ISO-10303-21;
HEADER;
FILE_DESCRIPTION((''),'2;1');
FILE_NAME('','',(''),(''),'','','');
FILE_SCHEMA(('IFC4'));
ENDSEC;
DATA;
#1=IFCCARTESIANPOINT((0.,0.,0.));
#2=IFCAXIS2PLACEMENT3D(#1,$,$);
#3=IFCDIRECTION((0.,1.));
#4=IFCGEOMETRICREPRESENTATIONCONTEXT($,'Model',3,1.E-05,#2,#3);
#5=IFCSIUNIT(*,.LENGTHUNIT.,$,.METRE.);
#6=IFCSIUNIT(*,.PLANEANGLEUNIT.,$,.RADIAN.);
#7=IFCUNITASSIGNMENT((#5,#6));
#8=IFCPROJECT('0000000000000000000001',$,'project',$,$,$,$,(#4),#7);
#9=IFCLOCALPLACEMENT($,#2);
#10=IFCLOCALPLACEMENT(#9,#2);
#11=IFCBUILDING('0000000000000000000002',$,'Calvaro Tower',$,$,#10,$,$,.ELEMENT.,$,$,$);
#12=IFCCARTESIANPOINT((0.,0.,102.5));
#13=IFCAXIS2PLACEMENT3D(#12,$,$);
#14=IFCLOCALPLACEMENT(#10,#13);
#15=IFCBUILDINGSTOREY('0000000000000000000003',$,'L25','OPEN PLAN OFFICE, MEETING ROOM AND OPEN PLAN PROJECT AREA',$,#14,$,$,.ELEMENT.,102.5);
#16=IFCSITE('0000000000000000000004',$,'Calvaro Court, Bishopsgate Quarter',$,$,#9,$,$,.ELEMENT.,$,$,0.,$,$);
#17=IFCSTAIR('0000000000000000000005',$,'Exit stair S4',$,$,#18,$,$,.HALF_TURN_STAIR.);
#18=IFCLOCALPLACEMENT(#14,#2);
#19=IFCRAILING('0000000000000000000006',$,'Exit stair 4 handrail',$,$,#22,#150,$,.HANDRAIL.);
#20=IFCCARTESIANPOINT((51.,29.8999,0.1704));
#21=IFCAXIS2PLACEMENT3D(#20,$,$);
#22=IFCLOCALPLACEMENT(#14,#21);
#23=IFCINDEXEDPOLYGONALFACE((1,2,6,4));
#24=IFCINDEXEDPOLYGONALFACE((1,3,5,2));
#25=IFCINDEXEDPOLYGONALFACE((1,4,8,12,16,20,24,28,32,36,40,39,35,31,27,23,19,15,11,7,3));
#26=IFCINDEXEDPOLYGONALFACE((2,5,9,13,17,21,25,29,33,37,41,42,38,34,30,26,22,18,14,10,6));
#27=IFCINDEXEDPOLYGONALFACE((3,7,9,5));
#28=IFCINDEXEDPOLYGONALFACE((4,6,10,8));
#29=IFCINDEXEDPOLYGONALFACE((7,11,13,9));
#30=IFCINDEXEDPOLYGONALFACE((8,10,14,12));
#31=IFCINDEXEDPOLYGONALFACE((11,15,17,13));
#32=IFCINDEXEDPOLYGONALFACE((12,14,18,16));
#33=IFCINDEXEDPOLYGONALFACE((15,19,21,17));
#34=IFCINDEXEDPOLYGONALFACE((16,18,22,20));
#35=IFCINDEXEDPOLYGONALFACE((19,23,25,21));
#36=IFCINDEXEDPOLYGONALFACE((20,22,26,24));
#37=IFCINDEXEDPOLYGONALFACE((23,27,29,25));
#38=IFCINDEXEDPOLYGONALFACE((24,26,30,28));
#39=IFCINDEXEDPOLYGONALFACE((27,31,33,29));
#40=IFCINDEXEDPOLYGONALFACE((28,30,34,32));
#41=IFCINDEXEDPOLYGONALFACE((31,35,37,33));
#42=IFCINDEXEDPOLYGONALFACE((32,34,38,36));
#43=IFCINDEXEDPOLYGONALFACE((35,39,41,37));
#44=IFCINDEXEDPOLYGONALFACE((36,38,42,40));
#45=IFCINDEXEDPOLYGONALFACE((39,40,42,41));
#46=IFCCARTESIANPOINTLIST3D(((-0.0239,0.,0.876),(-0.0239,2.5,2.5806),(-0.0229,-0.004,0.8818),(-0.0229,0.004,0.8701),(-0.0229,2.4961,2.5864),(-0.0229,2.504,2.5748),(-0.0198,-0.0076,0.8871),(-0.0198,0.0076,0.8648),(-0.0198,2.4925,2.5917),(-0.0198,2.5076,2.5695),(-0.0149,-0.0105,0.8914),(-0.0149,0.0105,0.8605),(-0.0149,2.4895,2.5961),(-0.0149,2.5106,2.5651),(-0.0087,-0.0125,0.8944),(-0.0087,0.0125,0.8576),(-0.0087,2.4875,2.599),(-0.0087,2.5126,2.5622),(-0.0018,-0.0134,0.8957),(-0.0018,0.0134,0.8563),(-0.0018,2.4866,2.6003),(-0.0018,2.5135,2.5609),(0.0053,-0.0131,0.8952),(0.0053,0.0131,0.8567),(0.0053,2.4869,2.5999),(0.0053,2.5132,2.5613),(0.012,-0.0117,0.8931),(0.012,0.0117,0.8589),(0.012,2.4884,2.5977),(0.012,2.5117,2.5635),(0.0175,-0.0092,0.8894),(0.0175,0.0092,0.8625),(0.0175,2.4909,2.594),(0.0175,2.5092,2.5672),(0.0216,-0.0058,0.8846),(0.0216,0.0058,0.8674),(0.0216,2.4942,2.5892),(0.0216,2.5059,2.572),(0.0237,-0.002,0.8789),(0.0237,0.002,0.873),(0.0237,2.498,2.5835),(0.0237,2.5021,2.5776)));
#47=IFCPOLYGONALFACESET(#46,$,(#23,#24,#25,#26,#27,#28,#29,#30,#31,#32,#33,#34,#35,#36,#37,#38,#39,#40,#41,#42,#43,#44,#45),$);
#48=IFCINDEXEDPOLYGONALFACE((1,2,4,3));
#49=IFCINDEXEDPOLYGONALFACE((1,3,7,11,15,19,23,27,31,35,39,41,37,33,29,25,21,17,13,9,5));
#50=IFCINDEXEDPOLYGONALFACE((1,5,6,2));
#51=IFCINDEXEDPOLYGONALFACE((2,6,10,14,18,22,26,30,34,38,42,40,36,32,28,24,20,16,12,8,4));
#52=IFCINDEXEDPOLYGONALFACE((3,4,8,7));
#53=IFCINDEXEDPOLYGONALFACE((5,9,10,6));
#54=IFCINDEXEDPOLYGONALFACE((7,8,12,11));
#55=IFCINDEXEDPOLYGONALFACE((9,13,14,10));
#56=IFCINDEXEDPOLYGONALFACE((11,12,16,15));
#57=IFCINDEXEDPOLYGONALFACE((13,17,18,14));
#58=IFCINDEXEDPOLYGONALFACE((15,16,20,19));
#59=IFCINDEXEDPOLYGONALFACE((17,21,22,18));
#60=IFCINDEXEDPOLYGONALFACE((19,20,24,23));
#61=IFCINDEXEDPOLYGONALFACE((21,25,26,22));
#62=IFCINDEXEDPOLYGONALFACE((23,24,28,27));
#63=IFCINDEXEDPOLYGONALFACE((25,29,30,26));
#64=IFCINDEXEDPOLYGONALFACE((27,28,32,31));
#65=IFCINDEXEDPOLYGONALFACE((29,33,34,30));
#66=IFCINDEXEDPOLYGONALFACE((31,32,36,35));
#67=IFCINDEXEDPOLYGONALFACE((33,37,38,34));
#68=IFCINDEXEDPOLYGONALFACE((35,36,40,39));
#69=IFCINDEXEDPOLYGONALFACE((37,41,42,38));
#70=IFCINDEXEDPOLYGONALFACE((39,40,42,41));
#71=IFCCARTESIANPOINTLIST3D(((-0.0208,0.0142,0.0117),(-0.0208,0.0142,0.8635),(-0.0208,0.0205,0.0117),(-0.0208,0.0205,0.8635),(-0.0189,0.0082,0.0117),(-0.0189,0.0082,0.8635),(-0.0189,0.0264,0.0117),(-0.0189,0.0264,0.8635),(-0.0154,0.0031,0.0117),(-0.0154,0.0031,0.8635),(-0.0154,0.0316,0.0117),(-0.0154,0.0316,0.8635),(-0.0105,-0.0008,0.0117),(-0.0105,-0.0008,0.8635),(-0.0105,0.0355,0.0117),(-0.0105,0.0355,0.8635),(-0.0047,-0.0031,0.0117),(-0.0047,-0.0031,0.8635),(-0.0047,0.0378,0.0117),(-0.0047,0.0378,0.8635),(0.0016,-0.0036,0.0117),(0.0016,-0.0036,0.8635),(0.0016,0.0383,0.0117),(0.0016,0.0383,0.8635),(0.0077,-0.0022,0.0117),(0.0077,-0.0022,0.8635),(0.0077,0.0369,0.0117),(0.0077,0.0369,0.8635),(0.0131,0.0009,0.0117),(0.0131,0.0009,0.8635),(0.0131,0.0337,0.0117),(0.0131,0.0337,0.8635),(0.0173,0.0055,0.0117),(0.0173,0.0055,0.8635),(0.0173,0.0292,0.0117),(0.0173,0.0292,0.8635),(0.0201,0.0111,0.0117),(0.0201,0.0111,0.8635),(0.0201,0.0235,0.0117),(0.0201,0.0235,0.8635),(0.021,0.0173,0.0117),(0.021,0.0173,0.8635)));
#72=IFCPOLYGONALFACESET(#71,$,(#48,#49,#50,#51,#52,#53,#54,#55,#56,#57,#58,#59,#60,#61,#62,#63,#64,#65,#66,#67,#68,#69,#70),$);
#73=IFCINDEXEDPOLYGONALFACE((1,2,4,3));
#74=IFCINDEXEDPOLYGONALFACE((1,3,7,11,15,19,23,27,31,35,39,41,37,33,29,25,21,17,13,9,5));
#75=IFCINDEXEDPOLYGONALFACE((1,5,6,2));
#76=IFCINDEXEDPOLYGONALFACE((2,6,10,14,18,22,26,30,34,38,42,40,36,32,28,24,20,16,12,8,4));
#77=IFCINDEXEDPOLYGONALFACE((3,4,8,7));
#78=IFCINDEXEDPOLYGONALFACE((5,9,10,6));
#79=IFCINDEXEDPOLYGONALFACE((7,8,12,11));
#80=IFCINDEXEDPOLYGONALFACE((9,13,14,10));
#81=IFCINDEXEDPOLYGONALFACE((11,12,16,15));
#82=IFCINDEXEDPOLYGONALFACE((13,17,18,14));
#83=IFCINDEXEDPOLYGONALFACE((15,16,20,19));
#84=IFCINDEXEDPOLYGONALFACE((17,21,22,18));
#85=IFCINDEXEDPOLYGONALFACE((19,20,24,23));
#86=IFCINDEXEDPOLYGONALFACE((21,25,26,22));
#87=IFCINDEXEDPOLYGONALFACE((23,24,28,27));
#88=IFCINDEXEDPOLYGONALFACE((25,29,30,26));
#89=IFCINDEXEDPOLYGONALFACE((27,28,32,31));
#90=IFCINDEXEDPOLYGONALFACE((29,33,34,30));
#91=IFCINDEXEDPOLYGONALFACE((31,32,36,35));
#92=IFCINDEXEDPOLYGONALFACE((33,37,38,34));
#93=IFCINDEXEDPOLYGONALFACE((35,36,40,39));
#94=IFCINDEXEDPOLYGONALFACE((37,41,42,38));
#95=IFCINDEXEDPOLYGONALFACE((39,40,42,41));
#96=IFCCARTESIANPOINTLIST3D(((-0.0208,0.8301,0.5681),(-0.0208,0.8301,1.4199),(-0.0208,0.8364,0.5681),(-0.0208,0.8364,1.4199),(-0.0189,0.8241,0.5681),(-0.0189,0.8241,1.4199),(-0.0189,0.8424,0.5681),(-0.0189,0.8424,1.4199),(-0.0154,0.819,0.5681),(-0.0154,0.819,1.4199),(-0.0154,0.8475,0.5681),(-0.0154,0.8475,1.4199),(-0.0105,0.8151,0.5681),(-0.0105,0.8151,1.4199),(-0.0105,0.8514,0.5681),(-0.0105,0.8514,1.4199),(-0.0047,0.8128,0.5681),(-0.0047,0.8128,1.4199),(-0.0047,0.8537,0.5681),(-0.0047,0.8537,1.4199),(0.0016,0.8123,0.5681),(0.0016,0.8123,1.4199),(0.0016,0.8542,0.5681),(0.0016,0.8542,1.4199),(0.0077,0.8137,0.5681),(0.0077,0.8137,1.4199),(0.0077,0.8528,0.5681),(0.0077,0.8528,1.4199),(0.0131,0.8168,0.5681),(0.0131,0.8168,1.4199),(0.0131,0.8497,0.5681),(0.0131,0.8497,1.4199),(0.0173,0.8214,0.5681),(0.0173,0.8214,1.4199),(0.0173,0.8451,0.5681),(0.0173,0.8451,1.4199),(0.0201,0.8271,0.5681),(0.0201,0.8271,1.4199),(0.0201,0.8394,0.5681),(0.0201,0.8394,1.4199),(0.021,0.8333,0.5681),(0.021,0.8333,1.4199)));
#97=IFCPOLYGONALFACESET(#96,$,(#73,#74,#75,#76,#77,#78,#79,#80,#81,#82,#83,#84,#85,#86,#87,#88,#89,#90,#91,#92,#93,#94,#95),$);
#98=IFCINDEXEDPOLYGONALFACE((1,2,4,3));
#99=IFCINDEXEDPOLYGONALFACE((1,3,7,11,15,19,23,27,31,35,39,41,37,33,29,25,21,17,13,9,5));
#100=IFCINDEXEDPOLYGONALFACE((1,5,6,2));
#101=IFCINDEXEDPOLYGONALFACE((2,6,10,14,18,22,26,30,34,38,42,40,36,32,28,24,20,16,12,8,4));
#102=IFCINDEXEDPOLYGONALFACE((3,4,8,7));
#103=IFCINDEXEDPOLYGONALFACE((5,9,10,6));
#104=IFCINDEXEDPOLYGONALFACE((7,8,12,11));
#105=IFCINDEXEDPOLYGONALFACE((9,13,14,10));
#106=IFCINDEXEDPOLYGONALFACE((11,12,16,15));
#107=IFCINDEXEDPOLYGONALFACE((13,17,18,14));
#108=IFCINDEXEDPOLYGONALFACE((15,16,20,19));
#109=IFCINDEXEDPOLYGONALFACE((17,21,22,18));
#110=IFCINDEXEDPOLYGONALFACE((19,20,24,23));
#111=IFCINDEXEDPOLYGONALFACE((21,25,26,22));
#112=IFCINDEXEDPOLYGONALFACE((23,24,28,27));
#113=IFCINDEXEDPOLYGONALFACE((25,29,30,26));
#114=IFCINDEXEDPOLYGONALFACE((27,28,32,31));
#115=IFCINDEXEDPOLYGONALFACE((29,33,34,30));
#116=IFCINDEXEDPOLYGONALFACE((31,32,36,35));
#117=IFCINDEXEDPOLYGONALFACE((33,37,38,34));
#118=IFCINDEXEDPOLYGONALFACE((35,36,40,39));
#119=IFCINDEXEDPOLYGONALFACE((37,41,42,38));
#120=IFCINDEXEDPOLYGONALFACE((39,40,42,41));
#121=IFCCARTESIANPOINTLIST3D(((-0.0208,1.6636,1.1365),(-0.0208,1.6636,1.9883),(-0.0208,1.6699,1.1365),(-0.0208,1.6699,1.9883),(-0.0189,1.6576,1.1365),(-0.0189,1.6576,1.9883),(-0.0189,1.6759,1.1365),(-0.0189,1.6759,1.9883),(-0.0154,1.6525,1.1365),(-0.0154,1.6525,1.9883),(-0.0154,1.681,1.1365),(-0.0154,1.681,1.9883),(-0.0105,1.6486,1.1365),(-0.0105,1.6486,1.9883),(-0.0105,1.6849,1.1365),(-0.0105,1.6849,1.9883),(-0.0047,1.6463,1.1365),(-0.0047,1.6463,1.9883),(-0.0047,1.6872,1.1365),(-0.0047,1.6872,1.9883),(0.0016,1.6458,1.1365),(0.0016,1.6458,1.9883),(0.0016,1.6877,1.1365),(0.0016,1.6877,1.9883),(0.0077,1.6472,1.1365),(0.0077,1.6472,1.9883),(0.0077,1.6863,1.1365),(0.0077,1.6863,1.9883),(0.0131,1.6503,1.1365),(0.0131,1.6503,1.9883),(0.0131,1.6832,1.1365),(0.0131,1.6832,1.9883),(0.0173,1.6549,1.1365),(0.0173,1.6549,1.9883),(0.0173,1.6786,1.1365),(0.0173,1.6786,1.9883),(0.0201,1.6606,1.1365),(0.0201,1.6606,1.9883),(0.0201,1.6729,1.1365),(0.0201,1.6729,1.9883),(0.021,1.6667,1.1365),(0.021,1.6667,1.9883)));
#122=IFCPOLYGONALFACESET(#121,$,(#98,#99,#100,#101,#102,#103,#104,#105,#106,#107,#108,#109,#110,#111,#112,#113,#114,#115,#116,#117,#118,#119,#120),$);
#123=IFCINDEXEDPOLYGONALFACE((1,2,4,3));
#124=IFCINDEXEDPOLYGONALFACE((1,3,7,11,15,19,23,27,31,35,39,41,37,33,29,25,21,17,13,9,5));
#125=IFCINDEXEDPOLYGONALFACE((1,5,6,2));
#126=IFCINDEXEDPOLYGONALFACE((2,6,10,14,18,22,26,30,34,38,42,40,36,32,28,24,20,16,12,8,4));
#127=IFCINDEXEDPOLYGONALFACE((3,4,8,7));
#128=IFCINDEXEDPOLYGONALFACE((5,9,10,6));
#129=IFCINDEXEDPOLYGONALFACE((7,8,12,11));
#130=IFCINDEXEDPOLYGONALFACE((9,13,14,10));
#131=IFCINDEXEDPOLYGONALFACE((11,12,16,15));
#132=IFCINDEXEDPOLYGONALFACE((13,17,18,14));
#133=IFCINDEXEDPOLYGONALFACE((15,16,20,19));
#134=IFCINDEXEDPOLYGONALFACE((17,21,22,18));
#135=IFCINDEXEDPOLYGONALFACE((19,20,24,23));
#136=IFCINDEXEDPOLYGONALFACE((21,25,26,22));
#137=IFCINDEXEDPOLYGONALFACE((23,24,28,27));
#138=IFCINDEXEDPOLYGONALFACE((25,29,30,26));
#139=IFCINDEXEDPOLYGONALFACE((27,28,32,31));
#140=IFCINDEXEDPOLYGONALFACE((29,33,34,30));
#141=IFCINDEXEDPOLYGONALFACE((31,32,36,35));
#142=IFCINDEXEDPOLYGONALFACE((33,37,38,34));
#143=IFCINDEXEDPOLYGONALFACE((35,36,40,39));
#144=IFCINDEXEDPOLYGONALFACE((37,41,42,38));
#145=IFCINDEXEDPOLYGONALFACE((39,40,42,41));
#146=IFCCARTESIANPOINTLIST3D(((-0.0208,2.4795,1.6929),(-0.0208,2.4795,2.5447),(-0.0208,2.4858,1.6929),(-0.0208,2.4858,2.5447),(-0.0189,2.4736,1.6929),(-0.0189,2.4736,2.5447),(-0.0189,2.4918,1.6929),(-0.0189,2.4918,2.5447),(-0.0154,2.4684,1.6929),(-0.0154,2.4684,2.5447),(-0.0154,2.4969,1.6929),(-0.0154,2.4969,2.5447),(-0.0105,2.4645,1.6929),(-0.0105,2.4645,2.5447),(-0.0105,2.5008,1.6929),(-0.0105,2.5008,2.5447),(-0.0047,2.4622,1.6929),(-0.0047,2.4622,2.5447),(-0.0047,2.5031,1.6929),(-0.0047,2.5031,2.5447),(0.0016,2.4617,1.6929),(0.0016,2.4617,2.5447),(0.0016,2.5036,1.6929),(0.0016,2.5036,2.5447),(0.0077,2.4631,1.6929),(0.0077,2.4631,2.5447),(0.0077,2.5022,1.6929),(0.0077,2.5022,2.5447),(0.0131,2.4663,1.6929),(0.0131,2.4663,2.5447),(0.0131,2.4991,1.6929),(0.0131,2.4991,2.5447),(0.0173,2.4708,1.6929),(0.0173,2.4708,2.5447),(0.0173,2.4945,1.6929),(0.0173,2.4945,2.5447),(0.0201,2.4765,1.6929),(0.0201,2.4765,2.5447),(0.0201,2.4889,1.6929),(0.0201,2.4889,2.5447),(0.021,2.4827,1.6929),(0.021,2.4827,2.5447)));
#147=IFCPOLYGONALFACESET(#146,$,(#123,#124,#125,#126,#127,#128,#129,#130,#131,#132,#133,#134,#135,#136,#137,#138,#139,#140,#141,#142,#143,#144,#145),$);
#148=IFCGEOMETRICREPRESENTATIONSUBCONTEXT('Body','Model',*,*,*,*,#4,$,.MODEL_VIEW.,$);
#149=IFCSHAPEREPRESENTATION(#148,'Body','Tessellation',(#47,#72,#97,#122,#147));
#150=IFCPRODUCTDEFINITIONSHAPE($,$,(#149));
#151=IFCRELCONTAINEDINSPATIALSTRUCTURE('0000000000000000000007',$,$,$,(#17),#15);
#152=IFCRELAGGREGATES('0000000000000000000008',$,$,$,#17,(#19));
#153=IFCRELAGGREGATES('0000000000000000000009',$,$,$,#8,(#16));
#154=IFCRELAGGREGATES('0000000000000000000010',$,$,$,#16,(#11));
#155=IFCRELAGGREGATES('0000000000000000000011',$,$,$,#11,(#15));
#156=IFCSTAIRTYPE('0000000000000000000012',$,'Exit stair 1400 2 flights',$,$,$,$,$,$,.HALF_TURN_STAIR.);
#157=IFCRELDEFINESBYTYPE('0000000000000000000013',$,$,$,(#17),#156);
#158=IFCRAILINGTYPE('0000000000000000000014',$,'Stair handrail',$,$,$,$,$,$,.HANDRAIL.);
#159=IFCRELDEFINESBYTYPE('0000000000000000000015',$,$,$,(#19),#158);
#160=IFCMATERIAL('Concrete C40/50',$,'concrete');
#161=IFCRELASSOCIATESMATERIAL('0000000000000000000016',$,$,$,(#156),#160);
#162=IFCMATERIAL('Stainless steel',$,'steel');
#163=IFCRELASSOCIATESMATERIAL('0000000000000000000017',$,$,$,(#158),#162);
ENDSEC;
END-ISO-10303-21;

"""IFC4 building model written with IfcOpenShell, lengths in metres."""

from ifc_helpers import new_model, si_unit, direction, frame, origin, origin_2d, place, context, subcontext, project, spatial, circle, extrude, material, type_object, element, aggregate, save


model = new_model("IFC4")

# Units and contexts
model_context = context("Model", 3, precision=1e-05, world=origin(), true_north=direction((0.0, 1.0)))
body_context = subcontext(model_context, "Body", "Model", "MODEL_VIEW")
ifc_project = project(units=[si_unit("LENGTHUNIT", "METRE"), si_unit("PLANEANGLEUNIT", "RADIAN")], contexts=[model_context])

# Site, building, storey
site_placement = place(None, origin())
site = spatial("IfcSite", under=ifc_project, at=site_placement, Name="Calvaro Court, Bishopsgate Quarter", CompositionType="ELEMENT", RefElevation=0.0)
building_placement = place(site_placement, origin())
building = spatial("IfcBuilding", under=site, at=building_placement, Name="Calvaro Tower", CompositionType="ELEMENT")
storey_placement = place(building_placement, frame((0.0, 0.0, 102.5)))
storey = spatial("IfcBuildingStorey", under=building, at=storey_placement, Name="L25", Description="OPEN PLAN OFFICE, MEETING ROOM AND OPEN PLAN PROJECT AREA", CompositionType="ELEMENT", Elevation=102.5)

# Stair
ifc_material_1 = material(Name="Concrete C40/50", Category="concrete")
stair_type = type_object("IfcStairType", Name="Exit stair 1400 2 flights", PredefinedType="HALF_TURN_STAIR", material=ifc_material_1)
stair_1_placement = place(storey_placement, origin())
stair_1 = element("IfcStair", 1, at=stair_1_placement, inside=storey, type_object=stair_type, Name="Exit stair S4", PredefinedType="HALF_TURN_STAIR")

# Railing
ifc_material_2 = material(Name="Stainless steel", Category="steel")
railing_type = type_object("IfcRailingType", Name="Stair handrail", PredefinedType="HANDRAIL", material=ifc_material_2)
railing_1_placement = place(storey_placement, frame((51.0, 29.8999, 0.1704)))
railing_1 = element("IfcRailing", 2, at=railing_1_placement, type_object=railing_type, Name="Exit stair 4 handrail", PredefinedType="HANDRAIL", context=body_context, shape_type="SweptSolid", body=[
    extrude(circle(Radius=0.0239, at=origin_2d()), frame((0.0, 0.0, 0.876), z_axis=(0.0, 0.826221, 0.563347), x_axis=(-1.0, 0.0, 0.0)), (0.0, 0.0, 1.0), 3.0259),
    extrude(circle(Radius=0.021, at=origin_2d()), frame((0.0, 0.0173, 0.0117)), (0.0, 0.0, 1.0), 0.8518),
    extrude(circle(Radius=0.021, at=origin_2d()), frame((0.0, 0.8333, 0.5681)), (0.0, 0.0, 1.0), 0.8518),
    extrude(circle(Radius=0.021, at=origin_2d()), frame((0.0, 1.6667, 1.1365)), (0.0, 0.0, 1.0), 0.8518),
    extrude(circle(Radius=0.021, at=origin_2d()), frame((0.0, 2.4827, 1.6929)), (0.0, 0.0, 1.0), 0.8518),
])
aggregate(stair_1, [railing_1])

save(model, "model.ifc")
